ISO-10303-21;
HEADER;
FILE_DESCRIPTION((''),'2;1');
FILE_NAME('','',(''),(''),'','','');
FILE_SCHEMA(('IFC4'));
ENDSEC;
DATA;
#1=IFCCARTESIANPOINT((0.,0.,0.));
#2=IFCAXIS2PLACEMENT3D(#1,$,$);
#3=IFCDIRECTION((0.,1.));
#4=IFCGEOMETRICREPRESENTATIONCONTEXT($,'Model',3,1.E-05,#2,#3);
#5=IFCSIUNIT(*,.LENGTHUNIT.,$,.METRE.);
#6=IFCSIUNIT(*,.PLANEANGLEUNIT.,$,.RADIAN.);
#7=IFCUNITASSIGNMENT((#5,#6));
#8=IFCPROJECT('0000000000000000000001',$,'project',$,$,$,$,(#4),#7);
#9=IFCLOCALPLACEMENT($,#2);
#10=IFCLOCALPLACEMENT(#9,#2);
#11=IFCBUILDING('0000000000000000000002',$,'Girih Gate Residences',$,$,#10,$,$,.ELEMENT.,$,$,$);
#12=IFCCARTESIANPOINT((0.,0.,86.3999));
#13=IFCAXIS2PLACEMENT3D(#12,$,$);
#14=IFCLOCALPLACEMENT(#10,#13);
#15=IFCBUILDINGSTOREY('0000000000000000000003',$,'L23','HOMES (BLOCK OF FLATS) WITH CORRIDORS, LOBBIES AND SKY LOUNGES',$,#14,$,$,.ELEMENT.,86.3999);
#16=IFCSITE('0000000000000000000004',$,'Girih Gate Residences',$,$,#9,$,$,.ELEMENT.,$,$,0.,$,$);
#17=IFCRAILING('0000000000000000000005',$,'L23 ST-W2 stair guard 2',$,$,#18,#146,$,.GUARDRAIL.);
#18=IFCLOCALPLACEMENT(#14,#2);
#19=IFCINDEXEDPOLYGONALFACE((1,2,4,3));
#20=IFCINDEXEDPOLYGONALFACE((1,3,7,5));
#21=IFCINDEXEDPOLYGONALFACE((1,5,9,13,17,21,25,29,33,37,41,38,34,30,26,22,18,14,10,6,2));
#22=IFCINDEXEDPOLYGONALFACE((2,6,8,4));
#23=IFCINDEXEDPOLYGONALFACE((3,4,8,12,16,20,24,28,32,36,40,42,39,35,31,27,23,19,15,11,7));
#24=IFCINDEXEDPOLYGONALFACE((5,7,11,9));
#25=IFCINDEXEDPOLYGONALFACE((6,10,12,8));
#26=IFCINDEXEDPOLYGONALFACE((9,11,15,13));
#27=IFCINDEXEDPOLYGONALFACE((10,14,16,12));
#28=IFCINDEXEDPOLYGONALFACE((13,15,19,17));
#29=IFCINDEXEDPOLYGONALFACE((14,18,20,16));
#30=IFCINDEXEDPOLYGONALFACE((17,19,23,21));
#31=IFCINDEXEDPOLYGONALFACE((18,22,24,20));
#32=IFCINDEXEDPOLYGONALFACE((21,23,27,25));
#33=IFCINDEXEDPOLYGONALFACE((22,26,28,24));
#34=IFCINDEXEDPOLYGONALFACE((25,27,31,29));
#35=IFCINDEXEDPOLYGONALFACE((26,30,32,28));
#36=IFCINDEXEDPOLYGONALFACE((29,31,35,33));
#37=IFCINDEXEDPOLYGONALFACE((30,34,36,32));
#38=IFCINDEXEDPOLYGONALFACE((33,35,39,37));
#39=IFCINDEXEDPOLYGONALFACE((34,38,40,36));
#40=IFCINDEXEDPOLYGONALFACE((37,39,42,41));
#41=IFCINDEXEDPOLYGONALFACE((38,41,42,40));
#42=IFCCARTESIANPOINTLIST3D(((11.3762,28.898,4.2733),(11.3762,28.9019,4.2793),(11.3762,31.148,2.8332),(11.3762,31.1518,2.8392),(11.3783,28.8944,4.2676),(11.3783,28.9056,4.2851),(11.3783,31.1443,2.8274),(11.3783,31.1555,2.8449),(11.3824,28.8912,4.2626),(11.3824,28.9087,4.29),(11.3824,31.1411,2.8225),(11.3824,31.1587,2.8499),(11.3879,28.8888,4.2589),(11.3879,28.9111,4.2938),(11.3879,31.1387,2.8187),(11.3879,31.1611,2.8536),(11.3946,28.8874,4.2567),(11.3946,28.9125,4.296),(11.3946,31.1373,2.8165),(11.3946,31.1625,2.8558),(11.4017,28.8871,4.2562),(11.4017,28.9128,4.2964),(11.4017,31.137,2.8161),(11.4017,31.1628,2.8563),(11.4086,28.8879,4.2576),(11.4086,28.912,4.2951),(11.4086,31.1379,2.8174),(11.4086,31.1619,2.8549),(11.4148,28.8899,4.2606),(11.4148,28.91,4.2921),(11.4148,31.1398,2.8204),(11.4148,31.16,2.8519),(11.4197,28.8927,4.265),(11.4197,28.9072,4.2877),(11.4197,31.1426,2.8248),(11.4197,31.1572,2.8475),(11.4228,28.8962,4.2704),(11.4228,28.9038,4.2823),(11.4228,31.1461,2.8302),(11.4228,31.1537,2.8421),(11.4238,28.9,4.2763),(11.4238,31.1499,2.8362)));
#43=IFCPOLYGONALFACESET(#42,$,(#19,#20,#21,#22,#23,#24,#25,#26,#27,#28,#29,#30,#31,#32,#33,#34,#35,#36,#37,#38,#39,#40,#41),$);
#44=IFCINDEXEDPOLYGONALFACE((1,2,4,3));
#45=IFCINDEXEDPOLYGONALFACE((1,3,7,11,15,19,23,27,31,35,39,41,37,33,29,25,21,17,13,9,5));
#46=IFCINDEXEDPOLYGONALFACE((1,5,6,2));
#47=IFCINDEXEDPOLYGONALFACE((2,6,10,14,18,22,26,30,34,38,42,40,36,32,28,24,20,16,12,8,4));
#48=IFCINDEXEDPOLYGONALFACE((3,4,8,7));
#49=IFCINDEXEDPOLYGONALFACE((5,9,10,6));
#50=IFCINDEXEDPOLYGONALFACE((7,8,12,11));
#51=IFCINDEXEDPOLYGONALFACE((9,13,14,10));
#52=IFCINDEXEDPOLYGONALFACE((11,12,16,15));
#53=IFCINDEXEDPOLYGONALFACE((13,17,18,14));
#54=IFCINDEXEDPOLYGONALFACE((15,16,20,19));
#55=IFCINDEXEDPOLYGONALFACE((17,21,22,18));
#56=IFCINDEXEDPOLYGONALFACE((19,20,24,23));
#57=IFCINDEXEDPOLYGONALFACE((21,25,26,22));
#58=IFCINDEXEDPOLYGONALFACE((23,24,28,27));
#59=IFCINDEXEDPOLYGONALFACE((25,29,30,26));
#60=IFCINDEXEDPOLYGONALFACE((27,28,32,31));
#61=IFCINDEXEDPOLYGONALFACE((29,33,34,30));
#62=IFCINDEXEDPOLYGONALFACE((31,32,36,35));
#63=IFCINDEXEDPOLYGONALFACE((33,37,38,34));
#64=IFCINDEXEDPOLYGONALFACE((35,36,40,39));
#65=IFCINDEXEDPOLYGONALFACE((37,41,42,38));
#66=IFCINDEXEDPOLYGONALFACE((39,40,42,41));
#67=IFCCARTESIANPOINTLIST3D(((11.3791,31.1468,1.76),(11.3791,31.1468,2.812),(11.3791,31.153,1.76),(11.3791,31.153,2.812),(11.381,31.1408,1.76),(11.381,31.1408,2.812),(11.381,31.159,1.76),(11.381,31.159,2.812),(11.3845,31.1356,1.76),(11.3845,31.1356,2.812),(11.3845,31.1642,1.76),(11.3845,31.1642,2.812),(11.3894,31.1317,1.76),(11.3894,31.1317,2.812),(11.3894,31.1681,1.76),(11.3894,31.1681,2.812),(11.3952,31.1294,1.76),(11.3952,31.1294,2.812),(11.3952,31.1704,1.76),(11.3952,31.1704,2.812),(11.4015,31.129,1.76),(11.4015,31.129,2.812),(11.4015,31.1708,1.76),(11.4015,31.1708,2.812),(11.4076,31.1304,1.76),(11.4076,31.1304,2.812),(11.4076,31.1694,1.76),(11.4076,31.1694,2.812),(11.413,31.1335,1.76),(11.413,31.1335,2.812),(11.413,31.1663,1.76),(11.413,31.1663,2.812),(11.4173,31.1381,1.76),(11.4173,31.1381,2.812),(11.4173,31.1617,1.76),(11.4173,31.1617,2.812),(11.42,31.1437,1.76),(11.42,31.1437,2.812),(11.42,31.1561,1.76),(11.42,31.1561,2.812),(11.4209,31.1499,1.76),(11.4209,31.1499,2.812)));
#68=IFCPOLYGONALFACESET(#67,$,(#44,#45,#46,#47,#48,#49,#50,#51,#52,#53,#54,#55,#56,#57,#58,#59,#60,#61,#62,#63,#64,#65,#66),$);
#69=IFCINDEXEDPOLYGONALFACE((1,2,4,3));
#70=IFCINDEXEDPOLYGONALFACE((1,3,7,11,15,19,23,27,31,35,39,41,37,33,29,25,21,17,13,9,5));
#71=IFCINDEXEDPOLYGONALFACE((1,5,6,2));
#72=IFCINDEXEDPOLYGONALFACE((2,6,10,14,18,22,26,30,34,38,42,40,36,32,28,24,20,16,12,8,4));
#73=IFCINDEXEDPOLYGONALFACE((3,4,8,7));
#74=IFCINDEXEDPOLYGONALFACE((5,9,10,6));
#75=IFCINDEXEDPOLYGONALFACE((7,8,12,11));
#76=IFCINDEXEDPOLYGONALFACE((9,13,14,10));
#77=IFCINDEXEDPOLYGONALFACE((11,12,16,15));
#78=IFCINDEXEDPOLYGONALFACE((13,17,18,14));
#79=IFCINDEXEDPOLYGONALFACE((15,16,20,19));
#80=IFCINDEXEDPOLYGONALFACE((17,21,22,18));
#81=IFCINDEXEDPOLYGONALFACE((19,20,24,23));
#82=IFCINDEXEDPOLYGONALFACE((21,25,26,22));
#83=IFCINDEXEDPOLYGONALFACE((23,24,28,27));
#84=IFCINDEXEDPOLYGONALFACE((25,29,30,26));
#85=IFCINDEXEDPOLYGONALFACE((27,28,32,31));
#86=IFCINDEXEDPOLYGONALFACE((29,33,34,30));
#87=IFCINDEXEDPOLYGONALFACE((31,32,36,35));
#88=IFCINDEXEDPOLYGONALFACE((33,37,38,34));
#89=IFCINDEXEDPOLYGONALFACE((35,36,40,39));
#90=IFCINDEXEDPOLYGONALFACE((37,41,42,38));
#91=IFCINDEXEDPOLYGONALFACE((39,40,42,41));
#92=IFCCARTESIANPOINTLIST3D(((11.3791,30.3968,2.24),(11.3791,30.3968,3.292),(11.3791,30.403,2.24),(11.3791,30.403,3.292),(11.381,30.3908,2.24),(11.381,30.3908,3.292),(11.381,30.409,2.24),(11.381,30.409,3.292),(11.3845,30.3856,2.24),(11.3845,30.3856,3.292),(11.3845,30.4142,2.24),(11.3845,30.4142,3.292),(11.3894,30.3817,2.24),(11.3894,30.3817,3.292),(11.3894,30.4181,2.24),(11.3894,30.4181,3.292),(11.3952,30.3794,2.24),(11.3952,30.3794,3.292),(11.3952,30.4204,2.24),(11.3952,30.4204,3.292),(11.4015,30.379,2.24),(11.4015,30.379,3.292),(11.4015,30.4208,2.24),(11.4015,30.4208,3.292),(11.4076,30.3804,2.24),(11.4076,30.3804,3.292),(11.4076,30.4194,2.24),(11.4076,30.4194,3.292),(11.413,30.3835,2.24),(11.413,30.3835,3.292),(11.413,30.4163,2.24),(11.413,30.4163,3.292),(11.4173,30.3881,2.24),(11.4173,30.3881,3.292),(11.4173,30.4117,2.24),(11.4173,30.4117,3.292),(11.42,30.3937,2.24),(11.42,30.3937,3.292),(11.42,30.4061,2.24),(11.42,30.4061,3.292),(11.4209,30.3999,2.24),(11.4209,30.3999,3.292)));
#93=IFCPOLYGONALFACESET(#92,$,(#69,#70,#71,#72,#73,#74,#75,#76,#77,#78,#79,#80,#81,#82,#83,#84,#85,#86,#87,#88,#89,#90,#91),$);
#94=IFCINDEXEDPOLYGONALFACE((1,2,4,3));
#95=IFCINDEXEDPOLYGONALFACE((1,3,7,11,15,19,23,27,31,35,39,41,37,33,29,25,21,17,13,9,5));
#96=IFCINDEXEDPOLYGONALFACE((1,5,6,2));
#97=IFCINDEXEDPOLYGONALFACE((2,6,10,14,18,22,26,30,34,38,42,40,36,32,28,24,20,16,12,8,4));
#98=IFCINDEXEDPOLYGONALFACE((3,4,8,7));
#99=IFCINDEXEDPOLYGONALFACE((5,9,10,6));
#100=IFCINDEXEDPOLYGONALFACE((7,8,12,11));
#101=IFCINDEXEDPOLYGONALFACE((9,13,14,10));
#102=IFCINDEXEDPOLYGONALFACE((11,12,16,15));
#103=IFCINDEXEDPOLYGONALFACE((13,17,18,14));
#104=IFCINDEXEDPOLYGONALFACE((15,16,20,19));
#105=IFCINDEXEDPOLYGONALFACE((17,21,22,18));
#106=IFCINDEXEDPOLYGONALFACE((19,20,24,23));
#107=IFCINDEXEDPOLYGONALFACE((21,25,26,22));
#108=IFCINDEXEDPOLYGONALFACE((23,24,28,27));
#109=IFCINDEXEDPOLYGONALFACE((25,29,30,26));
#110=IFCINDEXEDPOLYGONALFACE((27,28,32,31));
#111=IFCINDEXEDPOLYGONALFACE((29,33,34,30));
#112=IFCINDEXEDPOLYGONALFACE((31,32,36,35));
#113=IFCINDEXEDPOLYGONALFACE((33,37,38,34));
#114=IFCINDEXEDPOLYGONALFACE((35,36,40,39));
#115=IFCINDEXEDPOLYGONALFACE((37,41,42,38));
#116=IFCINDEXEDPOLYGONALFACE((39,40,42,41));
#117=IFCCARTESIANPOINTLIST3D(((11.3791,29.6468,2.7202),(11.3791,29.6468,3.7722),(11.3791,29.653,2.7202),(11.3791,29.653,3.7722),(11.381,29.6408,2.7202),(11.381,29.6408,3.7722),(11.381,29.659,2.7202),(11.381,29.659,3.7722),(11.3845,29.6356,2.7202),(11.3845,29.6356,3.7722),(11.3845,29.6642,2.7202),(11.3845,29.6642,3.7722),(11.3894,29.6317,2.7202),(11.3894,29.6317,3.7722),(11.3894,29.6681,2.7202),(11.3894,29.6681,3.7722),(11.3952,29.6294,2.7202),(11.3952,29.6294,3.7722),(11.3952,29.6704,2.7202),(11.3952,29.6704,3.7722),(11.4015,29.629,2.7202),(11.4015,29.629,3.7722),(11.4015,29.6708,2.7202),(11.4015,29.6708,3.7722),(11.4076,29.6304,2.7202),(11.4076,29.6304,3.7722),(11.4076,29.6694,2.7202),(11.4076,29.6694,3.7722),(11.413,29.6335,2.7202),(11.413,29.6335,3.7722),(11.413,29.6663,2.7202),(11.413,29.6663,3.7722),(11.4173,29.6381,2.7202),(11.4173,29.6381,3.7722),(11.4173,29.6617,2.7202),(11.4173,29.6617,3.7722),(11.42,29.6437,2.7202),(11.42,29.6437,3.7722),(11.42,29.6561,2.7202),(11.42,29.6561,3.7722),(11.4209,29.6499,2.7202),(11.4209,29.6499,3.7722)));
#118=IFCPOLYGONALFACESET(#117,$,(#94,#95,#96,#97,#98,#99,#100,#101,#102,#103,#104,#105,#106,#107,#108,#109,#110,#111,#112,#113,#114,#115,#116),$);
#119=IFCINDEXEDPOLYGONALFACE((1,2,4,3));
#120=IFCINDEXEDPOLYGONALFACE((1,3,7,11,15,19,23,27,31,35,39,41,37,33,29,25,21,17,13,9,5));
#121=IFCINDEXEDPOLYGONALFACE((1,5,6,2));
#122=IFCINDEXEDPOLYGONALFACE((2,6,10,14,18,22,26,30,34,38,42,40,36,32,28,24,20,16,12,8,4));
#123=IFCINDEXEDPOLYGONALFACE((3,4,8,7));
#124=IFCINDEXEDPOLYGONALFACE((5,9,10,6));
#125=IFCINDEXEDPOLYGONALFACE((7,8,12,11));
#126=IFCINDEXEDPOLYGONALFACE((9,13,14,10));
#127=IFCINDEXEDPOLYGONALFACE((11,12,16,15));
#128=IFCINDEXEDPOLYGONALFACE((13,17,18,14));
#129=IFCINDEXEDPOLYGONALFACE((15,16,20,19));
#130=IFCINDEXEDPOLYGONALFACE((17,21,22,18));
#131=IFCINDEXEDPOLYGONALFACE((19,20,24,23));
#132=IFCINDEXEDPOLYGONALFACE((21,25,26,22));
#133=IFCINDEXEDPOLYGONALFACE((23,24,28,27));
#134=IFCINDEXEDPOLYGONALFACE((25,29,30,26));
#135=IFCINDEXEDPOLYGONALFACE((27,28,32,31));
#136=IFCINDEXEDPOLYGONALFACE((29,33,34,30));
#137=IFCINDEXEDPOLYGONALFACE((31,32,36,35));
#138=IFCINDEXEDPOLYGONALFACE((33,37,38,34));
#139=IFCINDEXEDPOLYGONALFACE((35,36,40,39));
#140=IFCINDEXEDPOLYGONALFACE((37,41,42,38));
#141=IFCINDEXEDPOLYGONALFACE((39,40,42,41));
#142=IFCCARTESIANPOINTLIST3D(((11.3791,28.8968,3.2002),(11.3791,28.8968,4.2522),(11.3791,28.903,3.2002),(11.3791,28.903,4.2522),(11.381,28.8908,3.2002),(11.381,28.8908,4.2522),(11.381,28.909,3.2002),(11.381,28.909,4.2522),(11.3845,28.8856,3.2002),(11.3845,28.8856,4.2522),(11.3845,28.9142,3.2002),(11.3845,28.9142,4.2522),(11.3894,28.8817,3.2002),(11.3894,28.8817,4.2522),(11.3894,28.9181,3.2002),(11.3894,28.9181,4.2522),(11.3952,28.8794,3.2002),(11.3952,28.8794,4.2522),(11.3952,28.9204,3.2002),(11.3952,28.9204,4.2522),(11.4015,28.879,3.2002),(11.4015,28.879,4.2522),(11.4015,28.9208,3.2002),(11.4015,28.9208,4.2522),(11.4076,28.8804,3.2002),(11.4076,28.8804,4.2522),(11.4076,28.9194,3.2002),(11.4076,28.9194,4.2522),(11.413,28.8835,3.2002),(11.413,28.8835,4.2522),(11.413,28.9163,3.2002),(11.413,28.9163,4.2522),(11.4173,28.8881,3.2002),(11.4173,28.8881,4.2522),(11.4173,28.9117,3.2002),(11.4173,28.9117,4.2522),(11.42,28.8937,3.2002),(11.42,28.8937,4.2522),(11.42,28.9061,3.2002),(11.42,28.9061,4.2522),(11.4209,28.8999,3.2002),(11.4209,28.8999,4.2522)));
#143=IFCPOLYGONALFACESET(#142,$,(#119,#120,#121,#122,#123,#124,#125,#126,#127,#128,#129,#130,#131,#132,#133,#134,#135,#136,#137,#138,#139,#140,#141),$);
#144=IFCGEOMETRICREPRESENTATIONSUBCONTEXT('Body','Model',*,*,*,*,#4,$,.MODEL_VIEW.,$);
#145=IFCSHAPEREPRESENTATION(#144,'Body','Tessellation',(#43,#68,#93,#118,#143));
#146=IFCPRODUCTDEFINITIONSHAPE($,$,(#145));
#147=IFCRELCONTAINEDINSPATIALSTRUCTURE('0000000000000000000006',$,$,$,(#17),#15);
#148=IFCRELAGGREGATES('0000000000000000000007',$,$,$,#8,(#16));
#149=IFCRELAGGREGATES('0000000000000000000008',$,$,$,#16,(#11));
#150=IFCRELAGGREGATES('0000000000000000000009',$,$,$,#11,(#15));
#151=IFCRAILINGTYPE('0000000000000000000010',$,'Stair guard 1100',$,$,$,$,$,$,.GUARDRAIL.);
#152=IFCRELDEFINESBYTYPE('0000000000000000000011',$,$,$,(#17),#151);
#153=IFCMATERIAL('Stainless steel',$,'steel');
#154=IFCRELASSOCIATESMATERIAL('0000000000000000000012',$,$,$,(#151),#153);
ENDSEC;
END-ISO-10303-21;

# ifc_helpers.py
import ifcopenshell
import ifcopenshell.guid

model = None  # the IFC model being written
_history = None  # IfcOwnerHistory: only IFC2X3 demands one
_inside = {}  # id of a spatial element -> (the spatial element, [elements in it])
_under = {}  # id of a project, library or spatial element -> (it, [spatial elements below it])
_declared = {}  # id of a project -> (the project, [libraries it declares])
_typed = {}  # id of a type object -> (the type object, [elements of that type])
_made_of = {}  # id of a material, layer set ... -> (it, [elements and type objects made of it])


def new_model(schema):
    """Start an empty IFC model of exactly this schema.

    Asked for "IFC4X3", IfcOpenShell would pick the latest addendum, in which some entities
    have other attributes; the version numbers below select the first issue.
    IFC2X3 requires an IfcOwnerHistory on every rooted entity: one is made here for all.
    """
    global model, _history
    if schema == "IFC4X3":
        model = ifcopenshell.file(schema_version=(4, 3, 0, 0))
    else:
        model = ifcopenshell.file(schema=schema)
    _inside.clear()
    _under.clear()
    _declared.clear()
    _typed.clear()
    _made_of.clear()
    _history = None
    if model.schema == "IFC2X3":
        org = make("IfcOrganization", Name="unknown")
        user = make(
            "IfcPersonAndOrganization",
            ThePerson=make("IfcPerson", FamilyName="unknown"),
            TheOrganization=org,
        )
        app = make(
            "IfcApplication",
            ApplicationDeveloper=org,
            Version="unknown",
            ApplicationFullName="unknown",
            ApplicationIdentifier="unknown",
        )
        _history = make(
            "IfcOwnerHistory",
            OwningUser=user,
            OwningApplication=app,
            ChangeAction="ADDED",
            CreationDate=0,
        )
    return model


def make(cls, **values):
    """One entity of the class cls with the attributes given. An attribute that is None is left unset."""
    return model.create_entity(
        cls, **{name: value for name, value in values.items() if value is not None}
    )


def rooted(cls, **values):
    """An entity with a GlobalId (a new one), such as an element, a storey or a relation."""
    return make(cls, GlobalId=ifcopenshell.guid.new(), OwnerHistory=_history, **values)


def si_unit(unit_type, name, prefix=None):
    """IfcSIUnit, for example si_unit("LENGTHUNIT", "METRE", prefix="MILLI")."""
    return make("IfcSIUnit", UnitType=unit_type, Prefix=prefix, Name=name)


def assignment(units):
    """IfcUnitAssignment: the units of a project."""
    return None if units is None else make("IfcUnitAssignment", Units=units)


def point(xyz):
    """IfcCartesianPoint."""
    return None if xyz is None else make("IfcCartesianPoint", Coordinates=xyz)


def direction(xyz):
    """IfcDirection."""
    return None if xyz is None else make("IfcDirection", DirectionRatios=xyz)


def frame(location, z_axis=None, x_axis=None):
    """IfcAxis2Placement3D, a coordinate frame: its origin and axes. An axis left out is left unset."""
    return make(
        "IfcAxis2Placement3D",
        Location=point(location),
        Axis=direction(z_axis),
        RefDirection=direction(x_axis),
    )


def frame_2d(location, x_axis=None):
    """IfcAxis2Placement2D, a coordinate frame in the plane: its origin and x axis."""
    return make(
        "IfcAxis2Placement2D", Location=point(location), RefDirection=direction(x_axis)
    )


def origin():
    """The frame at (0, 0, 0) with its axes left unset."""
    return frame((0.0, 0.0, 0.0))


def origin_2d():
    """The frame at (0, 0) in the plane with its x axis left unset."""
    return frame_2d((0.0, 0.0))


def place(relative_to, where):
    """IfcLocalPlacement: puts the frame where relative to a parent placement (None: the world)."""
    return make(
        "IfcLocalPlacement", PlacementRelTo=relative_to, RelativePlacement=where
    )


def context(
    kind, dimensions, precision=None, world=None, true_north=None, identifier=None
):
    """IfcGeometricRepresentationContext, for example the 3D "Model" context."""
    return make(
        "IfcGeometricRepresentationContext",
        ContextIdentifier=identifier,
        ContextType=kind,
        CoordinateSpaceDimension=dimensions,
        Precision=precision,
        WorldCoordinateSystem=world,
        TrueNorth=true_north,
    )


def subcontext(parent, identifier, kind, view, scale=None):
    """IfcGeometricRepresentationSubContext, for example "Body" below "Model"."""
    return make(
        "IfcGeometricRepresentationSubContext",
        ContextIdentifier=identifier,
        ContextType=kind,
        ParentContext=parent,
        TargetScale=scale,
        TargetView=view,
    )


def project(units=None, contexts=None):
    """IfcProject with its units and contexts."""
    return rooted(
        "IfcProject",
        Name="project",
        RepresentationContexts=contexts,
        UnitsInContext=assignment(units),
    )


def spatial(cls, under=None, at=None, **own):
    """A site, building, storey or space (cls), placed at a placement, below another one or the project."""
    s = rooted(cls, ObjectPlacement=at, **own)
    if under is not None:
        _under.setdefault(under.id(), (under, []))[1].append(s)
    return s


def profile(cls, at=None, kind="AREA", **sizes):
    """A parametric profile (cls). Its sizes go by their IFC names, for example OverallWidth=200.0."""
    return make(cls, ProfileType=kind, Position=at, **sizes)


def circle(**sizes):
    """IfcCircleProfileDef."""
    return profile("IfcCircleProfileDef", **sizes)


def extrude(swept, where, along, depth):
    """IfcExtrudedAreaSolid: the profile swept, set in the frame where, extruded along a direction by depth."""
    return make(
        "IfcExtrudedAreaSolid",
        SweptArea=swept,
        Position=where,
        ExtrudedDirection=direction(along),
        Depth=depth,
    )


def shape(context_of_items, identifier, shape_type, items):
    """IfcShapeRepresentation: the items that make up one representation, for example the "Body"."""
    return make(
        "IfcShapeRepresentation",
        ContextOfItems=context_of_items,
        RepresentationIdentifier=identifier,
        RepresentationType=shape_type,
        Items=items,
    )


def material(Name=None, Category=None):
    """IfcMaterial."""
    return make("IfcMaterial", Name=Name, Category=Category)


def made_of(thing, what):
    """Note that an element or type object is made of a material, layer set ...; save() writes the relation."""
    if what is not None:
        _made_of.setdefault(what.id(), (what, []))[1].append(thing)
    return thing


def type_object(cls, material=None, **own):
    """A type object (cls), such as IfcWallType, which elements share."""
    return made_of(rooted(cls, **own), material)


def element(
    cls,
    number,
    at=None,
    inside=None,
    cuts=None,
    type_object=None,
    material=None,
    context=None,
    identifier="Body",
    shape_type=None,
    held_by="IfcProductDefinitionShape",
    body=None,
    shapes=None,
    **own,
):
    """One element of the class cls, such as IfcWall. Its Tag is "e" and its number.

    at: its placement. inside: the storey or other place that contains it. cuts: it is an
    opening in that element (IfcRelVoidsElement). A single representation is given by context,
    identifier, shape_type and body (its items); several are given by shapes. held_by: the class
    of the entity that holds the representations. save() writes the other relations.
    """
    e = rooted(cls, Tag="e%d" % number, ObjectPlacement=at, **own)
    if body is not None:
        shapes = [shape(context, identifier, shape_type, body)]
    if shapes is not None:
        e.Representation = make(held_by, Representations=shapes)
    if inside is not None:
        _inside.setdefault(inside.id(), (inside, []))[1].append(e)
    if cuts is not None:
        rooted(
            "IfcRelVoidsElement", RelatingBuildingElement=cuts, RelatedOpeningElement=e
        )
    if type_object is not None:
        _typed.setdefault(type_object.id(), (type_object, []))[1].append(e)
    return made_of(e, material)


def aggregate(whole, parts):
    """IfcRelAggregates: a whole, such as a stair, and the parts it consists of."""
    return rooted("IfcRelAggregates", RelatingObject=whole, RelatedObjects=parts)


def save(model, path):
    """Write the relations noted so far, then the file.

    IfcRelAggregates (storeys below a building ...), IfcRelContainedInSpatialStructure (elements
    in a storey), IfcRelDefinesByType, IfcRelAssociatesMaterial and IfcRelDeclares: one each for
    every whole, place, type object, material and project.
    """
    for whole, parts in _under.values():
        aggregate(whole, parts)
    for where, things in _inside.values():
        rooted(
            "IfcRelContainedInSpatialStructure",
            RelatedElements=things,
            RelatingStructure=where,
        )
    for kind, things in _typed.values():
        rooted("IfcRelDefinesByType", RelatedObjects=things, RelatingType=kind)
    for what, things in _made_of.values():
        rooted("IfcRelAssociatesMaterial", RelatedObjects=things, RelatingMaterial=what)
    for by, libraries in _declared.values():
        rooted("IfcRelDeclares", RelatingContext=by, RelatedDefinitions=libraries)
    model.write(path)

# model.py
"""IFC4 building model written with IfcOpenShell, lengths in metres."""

from ifc_helpers import new_model, si_unit, direction, frame, origin, origin_2d, place, context, subcontext, project, spatial, circle, extrude, material, type_object, element, save


model = new_model("IFC4")

# Units and contexts
model_context = context("Model", 3, precision=1e-05, world=origin(), true_north=direction((0.0, 1.0)))
body_context = subcontext(model_context, "Body", "Model", "MODEL_VIEW")
ifc_project = project(units=[si_unit("LENGTHUNIT", "METRE"), si_unit("PLANEANGLEUNIT", "RADIAN")], contexts=[model_context])

# Site, building, storey
site_placement = place(None, origin())
site = spatial("IfcSite", under=ifc_project, at=site_placement, Name="Girih Gate Residences", CompositionType="ELEMENT", RefElevation=0.0)
building_placement = place(site_placement, origin())
building = spatial("IfcBuilding", under=site, at=building_placement, Name="Girih Gate Residences", CompositionType="ELEMENT")
storey_placement = place(building_placement, frame((0.0, 0.0, 86.3999)))
storey = spatial("IfcBuildingStorey", under=building, at=storey_placement, Name="L23", Description="HOMES (BLOCK OF FLATS) WITH CORRIDORS, LOBBIES AND SKY LOUNGES", CompositionType="ELEMENT", Elevation=86.3999)

# Railing
ifc_material_1 = material(Name="Stainless steel", Category="steel")
railing_type_1 = type_object("IfcRailingType", Name="Stair guard 1100", PredefinedType="GUARDRAIL", material=ifc_material_1)
railing_1_placement = place(storey_placement, frame((11.3999, 31.1499, 1.76)))
element("IfcRailing", 1, at=railing_1_placement, inside=storey, type_object=railing_type_1, Name="L23 ST-W2 stair guard 2", PredefinedType="GUARDRAIL", context=body_context, shape_type="SweptSolid", body=[
    extrude(circle(Radius=0.0239, at=origin_2d()), frame((0.0, 0.0, 1.0762), z_axis=(0.0, -0.84224, 0.539103), x_axis=(1.0, 0.0, 0.0)), (0.0, 0.0, 1.0), 2.6714),
    extrude(circle(Radius=0.021, at=origin_2d()), origin(), (0.0, 0.0, 1.0), 1.052),
    extrude(circle(Radius=0.021, at=origin_2d()), frame((0.0, -0.75, 0.48)), (0.0, 0.0, 1.0), 1.052),
    extrude(circle(Radius=0.021, at=origin_2d()), frame((0.0, -1.5, 0.9602)), (0.0, 0.0, 1.0), 1.052),
    extrude(circle(Radius=0.021, at=origin_2d()), frame((0.0, -2.25, 1.4402)), (0.0, 0.0, 1.0), 1.052),
])

save(model, "model.ifc")
